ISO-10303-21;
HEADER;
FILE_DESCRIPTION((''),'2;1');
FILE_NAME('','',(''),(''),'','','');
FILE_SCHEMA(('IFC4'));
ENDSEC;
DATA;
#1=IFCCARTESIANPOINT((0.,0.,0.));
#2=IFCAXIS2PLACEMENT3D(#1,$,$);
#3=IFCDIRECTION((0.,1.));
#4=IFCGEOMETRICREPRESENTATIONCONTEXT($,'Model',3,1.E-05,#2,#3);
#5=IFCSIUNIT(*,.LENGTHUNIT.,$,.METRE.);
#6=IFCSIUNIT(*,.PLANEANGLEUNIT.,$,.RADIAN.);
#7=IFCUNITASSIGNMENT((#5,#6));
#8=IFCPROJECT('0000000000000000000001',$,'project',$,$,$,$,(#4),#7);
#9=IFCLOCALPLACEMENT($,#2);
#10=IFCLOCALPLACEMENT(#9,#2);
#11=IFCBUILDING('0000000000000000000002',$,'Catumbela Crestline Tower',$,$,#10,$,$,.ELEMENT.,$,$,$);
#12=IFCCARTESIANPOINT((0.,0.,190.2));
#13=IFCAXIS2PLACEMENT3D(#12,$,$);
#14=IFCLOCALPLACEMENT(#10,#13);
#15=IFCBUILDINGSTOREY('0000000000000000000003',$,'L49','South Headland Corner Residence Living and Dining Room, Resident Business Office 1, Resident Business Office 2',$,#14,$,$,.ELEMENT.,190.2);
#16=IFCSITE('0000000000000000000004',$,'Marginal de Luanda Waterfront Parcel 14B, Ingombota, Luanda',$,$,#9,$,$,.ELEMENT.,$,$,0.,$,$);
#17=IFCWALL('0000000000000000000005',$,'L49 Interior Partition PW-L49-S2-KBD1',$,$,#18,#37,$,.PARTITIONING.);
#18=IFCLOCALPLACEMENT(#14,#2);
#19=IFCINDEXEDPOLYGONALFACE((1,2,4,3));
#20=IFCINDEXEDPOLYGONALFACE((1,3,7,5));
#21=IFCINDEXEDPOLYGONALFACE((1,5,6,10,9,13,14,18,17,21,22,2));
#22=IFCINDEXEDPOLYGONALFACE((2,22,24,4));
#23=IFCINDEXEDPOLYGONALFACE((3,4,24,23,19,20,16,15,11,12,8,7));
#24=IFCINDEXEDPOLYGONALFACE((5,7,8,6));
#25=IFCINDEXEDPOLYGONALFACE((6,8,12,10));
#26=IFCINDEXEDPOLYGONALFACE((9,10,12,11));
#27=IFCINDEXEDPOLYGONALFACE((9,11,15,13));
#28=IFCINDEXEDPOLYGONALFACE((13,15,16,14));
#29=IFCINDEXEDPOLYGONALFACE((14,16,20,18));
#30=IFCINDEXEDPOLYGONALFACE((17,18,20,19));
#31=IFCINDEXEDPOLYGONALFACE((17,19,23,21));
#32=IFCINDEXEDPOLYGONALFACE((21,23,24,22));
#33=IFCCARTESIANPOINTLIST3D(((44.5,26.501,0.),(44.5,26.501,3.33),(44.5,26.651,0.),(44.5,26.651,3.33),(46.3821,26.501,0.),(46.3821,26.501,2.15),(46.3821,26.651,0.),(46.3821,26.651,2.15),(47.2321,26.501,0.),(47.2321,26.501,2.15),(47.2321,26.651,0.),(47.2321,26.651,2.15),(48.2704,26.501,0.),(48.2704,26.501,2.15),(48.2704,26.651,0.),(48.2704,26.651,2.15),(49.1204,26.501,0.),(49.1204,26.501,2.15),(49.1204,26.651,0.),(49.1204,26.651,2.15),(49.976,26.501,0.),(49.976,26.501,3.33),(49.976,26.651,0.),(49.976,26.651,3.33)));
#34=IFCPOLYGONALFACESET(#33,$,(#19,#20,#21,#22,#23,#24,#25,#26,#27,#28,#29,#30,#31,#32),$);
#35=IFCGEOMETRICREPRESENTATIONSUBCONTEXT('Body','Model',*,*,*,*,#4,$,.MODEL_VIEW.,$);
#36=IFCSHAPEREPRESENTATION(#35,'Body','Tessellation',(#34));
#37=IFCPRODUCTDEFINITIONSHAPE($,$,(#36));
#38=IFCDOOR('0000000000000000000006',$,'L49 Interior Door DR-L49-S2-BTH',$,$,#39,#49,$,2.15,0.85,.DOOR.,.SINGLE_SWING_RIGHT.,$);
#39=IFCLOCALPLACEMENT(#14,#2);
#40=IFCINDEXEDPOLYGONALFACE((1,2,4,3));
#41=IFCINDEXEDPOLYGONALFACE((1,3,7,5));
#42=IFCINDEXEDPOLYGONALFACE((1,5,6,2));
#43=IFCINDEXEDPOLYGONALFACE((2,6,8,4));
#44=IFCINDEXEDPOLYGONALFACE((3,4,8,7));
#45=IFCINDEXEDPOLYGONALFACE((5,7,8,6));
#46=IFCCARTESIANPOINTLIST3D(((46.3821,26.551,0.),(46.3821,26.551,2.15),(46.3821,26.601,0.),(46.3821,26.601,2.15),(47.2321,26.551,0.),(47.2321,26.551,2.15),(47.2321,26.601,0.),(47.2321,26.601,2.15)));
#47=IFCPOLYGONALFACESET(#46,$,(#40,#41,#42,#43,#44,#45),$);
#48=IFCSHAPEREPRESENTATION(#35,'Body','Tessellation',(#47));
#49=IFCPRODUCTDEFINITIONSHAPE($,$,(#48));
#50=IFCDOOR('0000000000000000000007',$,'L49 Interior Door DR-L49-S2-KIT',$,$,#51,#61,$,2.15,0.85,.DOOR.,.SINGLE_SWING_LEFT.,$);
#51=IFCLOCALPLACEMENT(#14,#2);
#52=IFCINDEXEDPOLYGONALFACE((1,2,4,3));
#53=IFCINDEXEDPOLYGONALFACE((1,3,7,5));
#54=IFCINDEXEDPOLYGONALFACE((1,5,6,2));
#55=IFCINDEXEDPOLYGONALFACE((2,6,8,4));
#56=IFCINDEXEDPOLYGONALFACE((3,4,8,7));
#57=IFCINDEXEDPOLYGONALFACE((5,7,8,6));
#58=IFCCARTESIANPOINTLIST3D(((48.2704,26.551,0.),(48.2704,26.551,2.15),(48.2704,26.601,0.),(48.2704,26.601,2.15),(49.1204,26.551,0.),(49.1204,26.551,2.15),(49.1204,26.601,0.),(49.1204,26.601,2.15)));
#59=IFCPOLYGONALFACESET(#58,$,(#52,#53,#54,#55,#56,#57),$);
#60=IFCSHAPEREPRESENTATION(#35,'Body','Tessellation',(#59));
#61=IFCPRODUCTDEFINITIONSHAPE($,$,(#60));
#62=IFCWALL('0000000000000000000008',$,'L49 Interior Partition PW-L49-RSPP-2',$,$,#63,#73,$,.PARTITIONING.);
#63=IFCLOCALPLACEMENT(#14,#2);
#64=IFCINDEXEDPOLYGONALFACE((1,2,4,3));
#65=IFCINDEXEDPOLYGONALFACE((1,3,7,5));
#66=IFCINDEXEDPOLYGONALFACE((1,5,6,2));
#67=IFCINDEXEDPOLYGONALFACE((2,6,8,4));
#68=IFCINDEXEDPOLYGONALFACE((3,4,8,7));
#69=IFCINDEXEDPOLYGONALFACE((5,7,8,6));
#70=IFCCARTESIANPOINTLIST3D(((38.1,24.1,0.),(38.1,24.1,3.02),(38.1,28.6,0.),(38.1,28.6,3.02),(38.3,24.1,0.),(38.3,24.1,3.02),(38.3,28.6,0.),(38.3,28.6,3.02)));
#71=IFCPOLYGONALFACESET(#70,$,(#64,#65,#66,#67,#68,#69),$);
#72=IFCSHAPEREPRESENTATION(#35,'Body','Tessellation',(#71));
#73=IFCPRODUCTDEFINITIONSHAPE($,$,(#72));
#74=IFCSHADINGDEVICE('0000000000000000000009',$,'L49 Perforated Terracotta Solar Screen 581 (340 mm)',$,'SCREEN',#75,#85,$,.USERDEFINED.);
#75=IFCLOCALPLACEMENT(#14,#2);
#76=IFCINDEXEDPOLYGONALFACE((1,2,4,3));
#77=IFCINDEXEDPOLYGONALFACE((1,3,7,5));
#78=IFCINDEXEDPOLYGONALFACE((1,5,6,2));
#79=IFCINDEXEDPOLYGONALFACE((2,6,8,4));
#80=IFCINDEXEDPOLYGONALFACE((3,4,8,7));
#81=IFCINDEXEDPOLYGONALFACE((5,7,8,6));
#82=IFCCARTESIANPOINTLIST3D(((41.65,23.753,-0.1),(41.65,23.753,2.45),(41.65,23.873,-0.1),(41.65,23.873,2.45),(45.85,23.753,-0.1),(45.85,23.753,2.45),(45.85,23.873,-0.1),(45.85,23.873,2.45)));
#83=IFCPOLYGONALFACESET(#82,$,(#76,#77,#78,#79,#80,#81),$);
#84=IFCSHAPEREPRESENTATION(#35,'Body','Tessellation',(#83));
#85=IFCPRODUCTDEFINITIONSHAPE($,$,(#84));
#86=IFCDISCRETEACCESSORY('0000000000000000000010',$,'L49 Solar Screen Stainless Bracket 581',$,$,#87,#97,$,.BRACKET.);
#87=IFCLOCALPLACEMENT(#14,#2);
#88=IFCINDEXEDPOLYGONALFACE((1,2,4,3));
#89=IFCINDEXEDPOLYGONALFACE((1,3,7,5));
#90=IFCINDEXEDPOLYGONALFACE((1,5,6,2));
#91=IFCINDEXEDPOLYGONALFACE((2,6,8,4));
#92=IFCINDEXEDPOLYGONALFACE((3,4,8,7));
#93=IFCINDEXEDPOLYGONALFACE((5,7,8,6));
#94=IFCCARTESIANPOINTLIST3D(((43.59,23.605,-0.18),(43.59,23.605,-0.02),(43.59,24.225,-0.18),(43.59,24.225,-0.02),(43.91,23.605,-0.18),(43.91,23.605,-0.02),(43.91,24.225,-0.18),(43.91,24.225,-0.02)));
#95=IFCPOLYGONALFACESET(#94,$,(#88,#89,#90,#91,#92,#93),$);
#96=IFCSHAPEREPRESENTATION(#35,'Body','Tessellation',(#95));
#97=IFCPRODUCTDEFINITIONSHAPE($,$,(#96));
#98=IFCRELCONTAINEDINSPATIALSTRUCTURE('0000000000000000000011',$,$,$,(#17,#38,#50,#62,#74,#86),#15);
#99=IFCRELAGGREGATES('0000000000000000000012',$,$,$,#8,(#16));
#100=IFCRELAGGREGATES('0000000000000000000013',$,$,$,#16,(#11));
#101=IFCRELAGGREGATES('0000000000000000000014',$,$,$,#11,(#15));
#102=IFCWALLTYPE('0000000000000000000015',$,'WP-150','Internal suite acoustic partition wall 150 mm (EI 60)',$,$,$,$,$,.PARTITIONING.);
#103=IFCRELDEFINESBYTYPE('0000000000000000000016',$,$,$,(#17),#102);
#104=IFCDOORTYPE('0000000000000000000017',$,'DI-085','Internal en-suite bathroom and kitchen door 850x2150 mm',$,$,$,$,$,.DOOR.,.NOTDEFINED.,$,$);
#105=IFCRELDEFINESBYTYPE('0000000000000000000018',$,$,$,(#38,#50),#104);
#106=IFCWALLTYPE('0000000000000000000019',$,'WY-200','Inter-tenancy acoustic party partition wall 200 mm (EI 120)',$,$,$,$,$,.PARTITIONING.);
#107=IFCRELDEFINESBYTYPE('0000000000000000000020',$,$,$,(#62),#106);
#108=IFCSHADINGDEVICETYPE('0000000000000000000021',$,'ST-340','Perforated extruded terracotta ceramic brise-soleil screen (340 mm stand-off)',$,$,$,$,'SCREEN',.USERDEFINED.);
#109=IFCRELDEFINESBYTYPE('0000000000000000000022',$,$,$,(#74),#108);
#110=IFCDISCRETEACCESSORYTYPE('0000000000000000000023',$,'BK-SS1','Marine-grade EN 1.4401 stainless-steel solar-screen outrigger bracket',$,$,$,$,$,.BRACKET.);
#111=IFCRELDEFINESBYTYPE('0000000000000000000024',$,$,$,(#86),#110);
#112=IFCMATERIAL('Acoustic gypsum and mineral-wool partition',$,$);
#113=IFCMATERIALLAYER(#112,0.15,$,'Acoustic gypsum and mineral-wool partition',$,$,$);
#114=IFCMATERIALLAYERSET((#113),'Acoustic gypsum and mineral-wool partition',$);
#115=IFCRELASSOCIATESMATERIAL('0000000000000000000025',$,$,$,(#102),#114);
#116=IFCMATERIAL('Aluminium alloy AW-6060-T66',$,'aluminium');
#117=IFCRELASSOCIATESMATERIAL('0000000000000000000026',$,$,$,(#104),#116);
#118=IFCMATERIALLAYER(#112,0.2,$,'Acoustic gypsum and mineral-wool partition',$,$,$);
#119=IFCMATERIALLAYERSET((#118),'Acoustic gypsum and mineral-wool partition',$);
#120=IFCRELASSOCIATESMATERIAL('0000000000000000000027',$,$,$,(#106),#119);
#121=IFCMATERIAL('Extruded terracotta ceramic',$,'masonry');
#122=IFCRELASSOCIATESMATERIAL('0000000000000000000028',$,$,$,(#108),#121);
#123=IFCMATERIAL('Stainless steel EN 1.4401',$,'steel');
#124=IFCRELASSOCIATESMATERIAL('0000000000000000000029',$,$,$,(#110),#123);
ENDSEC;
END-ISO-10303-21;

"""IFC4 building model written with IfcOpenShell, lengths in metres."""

from ifc_helpers import new_model, si_unit, direction, frame, frame_2d, origin, origin_2d, place, context, subcontext, project, spatial, rectangle, extrude, material, layer, layer_set, type_object, element, fill, save


model = new_model("IFC4")

# Units and contexts
model_context = context("Model", 3, precision=1e-05, world=origin(), true_north=direction((0.0, 1.0)))
body_context = subcontext(model_context, "Body", "Model", "MODEL_VIEW")
ifc_project = project(units=[si_unit("LENGTHUNIT", "METRE"), si_unit("PLANEANGLEUNIT", "RADIAN")], contexts=[model_context])

# Site, building, storey
site_placement = place(None, origin())
site = spatial("IfcSite", under=ifc_project, at=site_placement, Name="Marginal de Luanda Waterfront Parcel 14B, Ingombota, Luanda", CompositionType="ELEMENT", RefElevation=0.0)
building_placement = place(site_placement, origin())
building = spatial("IfcBuilding", under=site, at=building_placement, Name="Catumbela Crestline Tower", CompositionType="ELEMENT")
storey_placement = place(building_placement, frame((0.0, 0.0, 190.2)))
storey = spatial("IfcBuildingStorey", under=building, at=storey_placement, Name="L49", Description="South Headland Corner Residence Living and Dining Room, Resident Business Office 1, Resident Business Office 2", CompositionType="ELEMENT", Elevation=190.2)

# Shared definitions
ifc_material_1 = material(Name="Aluminium alloy AW-6060-T66", Category="aluminium")

# Shared definitions
ifc_material_2 = material(Name="Acoustic gypsum and mineral-wool partition")
ifc_layer_1 = layer(ifc_material_2, 0.15, Name="Acoustic gypsum and mineral-wool partition")
ifc_layer_set_1 = layer_set([ifc_layer_1], Name="Acoustic gypsum and mineral-wool partition")
wall_type_1 = type_object("IfcWallType", Name="WP-150", Description="Internal suite acoustic partition wall 150 mm (EI 60)", PredefinedType="PARTITIONING", material=ifc_layer_set_1)

# Wall, openings, doors
wall_1_placement = place(storey_placement, frame((44.5, 26.576, 0.0), z_axis=(0.0, 0.0, 1.0), x_axis=(1.0, 0.0, 0.0)))
wall_1 = element("IfcWall", 1, at=wall_1_placement, inside=storey, type_object=wall_type_1, Name="L49 Interior Partition PW-L49-S2-KBD1", PredefinedType="PARTITIONING", context=body_context, shape_type="SweptSolid", body=[
    extrude(rectangle(XDim=5.476, YDim=0.15, at=frame_2d((2.738, 0.0))), origin(), (0.0, 0.0, 1.0), 3.33),
])
opening_1_placement = place(wall_1_placement, frame((1.8821, 0.0, 0.0)))
opening_1 = element("IfcOpeningElement", 2, at=opening_1_placement, cuts=wall_1, PredefinedType="OPENING", context=body_context, shape_type="SweptSolid", body=[
    extrude(rectangle(XDim=0.85, YDim=2.15, at=frame_2d((0.425, 1.075))), frame((0.0, 0.085, 0.0), z_axis=(0.0, -1.0, 0.0), x_axis=(1.0, 0.0, 0.0)), (0.0, 0.0, 1.0), 0.17),
])
opening_2_placement = place(wall_1_placement, frame((3.7704, 0.0, 0.0)))
opening_2 = element("IfcOpeningElement", 3, at=opening_2_placement, cuts=wall_1, PredefinedType="OPENING", context=body_context, shape_type="SweptSolid", body=[
    extrude(rectangle(XDim=0.85, YDim=2.15, at=frame_2d((0.425, 1.075))), frame((0.0, 0.085, 0.0), z_axis=(0.0, -1.0, 0.0), x_axis=(1.0, 0.0, 0.0)), (0.0, 0.0, 1.0), 0.17),
])
door_type = type_object("IfcDoorType", Name="DI-085", Description="Internal en-suite bathroom and kitchen door 850x2150 mm", OperationType="NOTDEFINED", PredefinedType="DOOR", material=ifc_material_1)
door_1_placement = place(opening_1_placement, origin())
door_1 = element("IfcDoor", 4, at=door_1_placement, inside=storey, type_object=door_type, Name="L49 Interior Door DR-L49-S2-BTH", OperationType="SINGLE_SWING_RIGHT", OverallHeight=2.15, OverallWidth=0.85, PredefinedType="DOOR", context=body_context, shape_type="SweptSolid", body=[
    extrude(rectangle(XDim=0.85, YDim=2.15, at=frame_2d((0.425, 1.075))), frame((0.0, 0.025, 0.0), z_axis=(0.0, -1.0, 0.0), x_axis=(1.0, 0.0, 0.0)), (0.0, 0.0, 1.0), 0.05),
])
fill(opening_1, door_1)
door_2_placement = place(opening_2_placement, origin())
door_2 = element("IfcDoor", 5, at=door_2_placement, inside=storey, type_object=door_type, Name="L49 Interior Door DR-L49-S2-KIT", OperationType="SINGLE_SWING_LEFT", OverallHeight=2.15, OverallWidth=0.85, PredefinedType="DOOR", context=body_context, shape_type="SweptSolid", body=[
    extrude(rectangle(XDim=0.85, YDim=2.15, at=frame_2d((0.425, 1.075))), frame((0.0, 0.025, 0.0), z_axis=(0.0, -1.0, 0.0), x_axis=(1.0, 0.0, 0.0)), (0.0, 0.0, 1.0), 0.05),
])
fill(opening_2, door_2)

# Wall
ifc_layer_2 = layer(ifc_material_2, 0.2, Name="Acoustic gypsum and mineral-wool partition")
ifc_layer_set_2 = layer_set([ifc_layer_2], Name="Acoustic gypsum and mineral-wool partition")
wall_type_2 = type_object("IfcWallType", Name="WY-200", Description="Inter-tenancy acoustic party partition wall 200 mm (EI 120)", PredefinedType="PARTITIONING", material=ifc_layer_set_2)
wall_2_placement = place(storey_placement, frame((38.2, 24.1, 0.0), z_axis=(0.0, 0.0, 1.0), x_axis=(0.0, 1.0, 0.0)))
element("IfcWall", 6, at=wall_2_placement, inside=storey, type_object=wall_type_2, Name="L49 Interior Partition PW-L49-RSPP-2", PredefinedType="PARTITIONING", context=body_context, shape_type="SweptSolid", body=[
    extrude(rectangle(XDim=4.5, YDim=0.2, at=frame_2d((2.25, 0.0))), origin(), (0.0, 0.0, 1.0), 3.02),
])

# Shading device
ifc_material_3 = material(Name="Extruded terracotta ceramic", Category="masonry")
shading_device_type = type_object("IfcShadingDeviceType", Name="ST-340", Description="Perforated extruded terracotta ceramic brise-soleil screen (340 mm stand-off)", ElementType="SCREEN", PredefinedType="USERDEFINED", material=ifc_material_3)
shading_device_placement = place(storey_placement, frame((43.75, 23.813, -0.1), z_axis=(0.0, 0.0, 1.0), x_axis=(1.0, 0.0, 0.0)))
element("IfcShadingDevice", 7, at=shading_device_placement, inside=storey, type_object=shading_device_type, Name="L49 Perforated Terracotta Solar Screen 581 (340 mm)", ObjectType="SCREEN", PredefinedType="USERDEFINED", context=body_context, shape_type="SweptSolid", body=[
    extrude(rectangle(XDim=4.2, YDim=0.12, at=origin_2d()), origin(), (0.0, 0.0, 1.0), 2.55),
])

# Discrete accessory
ifc_material_4 = material(Name="Stainless steel EN 1.4401", Category="steel")
discrete_accessory_type = type_object("IfcDiscreteAccessoryType", Name="BK-SS1", Description="Marine-grade EN 1.4401 stainless-steel solar-screen outrigger bracket", PredefinedType="BRACKET", material=ifc_material_4)
discrete_accessory_placement = place(storey_placement, frame((43.75, 23.915, -0.18), z_axis=(0.0, 0.0, 1.0), x_axis=(1.0, 0.0, 0.0)))
element("IfcDiscreteAccessory", 8, at=discrete_accessory_placement, inside=storey, type_object=discrete_accessory_type, Name="L49 Solar Screen Stainless Bracket 581", PredefinedType="BRACKET", context=body_context, shape_type="SweptSolid", body=[
    extrude(rectangle(XDim=0.32, YDim=0.62, at=origin_2d()), origin(), (0.0, 0.0, 1.0), 0.16),
])

save(model, "model.ifc")
